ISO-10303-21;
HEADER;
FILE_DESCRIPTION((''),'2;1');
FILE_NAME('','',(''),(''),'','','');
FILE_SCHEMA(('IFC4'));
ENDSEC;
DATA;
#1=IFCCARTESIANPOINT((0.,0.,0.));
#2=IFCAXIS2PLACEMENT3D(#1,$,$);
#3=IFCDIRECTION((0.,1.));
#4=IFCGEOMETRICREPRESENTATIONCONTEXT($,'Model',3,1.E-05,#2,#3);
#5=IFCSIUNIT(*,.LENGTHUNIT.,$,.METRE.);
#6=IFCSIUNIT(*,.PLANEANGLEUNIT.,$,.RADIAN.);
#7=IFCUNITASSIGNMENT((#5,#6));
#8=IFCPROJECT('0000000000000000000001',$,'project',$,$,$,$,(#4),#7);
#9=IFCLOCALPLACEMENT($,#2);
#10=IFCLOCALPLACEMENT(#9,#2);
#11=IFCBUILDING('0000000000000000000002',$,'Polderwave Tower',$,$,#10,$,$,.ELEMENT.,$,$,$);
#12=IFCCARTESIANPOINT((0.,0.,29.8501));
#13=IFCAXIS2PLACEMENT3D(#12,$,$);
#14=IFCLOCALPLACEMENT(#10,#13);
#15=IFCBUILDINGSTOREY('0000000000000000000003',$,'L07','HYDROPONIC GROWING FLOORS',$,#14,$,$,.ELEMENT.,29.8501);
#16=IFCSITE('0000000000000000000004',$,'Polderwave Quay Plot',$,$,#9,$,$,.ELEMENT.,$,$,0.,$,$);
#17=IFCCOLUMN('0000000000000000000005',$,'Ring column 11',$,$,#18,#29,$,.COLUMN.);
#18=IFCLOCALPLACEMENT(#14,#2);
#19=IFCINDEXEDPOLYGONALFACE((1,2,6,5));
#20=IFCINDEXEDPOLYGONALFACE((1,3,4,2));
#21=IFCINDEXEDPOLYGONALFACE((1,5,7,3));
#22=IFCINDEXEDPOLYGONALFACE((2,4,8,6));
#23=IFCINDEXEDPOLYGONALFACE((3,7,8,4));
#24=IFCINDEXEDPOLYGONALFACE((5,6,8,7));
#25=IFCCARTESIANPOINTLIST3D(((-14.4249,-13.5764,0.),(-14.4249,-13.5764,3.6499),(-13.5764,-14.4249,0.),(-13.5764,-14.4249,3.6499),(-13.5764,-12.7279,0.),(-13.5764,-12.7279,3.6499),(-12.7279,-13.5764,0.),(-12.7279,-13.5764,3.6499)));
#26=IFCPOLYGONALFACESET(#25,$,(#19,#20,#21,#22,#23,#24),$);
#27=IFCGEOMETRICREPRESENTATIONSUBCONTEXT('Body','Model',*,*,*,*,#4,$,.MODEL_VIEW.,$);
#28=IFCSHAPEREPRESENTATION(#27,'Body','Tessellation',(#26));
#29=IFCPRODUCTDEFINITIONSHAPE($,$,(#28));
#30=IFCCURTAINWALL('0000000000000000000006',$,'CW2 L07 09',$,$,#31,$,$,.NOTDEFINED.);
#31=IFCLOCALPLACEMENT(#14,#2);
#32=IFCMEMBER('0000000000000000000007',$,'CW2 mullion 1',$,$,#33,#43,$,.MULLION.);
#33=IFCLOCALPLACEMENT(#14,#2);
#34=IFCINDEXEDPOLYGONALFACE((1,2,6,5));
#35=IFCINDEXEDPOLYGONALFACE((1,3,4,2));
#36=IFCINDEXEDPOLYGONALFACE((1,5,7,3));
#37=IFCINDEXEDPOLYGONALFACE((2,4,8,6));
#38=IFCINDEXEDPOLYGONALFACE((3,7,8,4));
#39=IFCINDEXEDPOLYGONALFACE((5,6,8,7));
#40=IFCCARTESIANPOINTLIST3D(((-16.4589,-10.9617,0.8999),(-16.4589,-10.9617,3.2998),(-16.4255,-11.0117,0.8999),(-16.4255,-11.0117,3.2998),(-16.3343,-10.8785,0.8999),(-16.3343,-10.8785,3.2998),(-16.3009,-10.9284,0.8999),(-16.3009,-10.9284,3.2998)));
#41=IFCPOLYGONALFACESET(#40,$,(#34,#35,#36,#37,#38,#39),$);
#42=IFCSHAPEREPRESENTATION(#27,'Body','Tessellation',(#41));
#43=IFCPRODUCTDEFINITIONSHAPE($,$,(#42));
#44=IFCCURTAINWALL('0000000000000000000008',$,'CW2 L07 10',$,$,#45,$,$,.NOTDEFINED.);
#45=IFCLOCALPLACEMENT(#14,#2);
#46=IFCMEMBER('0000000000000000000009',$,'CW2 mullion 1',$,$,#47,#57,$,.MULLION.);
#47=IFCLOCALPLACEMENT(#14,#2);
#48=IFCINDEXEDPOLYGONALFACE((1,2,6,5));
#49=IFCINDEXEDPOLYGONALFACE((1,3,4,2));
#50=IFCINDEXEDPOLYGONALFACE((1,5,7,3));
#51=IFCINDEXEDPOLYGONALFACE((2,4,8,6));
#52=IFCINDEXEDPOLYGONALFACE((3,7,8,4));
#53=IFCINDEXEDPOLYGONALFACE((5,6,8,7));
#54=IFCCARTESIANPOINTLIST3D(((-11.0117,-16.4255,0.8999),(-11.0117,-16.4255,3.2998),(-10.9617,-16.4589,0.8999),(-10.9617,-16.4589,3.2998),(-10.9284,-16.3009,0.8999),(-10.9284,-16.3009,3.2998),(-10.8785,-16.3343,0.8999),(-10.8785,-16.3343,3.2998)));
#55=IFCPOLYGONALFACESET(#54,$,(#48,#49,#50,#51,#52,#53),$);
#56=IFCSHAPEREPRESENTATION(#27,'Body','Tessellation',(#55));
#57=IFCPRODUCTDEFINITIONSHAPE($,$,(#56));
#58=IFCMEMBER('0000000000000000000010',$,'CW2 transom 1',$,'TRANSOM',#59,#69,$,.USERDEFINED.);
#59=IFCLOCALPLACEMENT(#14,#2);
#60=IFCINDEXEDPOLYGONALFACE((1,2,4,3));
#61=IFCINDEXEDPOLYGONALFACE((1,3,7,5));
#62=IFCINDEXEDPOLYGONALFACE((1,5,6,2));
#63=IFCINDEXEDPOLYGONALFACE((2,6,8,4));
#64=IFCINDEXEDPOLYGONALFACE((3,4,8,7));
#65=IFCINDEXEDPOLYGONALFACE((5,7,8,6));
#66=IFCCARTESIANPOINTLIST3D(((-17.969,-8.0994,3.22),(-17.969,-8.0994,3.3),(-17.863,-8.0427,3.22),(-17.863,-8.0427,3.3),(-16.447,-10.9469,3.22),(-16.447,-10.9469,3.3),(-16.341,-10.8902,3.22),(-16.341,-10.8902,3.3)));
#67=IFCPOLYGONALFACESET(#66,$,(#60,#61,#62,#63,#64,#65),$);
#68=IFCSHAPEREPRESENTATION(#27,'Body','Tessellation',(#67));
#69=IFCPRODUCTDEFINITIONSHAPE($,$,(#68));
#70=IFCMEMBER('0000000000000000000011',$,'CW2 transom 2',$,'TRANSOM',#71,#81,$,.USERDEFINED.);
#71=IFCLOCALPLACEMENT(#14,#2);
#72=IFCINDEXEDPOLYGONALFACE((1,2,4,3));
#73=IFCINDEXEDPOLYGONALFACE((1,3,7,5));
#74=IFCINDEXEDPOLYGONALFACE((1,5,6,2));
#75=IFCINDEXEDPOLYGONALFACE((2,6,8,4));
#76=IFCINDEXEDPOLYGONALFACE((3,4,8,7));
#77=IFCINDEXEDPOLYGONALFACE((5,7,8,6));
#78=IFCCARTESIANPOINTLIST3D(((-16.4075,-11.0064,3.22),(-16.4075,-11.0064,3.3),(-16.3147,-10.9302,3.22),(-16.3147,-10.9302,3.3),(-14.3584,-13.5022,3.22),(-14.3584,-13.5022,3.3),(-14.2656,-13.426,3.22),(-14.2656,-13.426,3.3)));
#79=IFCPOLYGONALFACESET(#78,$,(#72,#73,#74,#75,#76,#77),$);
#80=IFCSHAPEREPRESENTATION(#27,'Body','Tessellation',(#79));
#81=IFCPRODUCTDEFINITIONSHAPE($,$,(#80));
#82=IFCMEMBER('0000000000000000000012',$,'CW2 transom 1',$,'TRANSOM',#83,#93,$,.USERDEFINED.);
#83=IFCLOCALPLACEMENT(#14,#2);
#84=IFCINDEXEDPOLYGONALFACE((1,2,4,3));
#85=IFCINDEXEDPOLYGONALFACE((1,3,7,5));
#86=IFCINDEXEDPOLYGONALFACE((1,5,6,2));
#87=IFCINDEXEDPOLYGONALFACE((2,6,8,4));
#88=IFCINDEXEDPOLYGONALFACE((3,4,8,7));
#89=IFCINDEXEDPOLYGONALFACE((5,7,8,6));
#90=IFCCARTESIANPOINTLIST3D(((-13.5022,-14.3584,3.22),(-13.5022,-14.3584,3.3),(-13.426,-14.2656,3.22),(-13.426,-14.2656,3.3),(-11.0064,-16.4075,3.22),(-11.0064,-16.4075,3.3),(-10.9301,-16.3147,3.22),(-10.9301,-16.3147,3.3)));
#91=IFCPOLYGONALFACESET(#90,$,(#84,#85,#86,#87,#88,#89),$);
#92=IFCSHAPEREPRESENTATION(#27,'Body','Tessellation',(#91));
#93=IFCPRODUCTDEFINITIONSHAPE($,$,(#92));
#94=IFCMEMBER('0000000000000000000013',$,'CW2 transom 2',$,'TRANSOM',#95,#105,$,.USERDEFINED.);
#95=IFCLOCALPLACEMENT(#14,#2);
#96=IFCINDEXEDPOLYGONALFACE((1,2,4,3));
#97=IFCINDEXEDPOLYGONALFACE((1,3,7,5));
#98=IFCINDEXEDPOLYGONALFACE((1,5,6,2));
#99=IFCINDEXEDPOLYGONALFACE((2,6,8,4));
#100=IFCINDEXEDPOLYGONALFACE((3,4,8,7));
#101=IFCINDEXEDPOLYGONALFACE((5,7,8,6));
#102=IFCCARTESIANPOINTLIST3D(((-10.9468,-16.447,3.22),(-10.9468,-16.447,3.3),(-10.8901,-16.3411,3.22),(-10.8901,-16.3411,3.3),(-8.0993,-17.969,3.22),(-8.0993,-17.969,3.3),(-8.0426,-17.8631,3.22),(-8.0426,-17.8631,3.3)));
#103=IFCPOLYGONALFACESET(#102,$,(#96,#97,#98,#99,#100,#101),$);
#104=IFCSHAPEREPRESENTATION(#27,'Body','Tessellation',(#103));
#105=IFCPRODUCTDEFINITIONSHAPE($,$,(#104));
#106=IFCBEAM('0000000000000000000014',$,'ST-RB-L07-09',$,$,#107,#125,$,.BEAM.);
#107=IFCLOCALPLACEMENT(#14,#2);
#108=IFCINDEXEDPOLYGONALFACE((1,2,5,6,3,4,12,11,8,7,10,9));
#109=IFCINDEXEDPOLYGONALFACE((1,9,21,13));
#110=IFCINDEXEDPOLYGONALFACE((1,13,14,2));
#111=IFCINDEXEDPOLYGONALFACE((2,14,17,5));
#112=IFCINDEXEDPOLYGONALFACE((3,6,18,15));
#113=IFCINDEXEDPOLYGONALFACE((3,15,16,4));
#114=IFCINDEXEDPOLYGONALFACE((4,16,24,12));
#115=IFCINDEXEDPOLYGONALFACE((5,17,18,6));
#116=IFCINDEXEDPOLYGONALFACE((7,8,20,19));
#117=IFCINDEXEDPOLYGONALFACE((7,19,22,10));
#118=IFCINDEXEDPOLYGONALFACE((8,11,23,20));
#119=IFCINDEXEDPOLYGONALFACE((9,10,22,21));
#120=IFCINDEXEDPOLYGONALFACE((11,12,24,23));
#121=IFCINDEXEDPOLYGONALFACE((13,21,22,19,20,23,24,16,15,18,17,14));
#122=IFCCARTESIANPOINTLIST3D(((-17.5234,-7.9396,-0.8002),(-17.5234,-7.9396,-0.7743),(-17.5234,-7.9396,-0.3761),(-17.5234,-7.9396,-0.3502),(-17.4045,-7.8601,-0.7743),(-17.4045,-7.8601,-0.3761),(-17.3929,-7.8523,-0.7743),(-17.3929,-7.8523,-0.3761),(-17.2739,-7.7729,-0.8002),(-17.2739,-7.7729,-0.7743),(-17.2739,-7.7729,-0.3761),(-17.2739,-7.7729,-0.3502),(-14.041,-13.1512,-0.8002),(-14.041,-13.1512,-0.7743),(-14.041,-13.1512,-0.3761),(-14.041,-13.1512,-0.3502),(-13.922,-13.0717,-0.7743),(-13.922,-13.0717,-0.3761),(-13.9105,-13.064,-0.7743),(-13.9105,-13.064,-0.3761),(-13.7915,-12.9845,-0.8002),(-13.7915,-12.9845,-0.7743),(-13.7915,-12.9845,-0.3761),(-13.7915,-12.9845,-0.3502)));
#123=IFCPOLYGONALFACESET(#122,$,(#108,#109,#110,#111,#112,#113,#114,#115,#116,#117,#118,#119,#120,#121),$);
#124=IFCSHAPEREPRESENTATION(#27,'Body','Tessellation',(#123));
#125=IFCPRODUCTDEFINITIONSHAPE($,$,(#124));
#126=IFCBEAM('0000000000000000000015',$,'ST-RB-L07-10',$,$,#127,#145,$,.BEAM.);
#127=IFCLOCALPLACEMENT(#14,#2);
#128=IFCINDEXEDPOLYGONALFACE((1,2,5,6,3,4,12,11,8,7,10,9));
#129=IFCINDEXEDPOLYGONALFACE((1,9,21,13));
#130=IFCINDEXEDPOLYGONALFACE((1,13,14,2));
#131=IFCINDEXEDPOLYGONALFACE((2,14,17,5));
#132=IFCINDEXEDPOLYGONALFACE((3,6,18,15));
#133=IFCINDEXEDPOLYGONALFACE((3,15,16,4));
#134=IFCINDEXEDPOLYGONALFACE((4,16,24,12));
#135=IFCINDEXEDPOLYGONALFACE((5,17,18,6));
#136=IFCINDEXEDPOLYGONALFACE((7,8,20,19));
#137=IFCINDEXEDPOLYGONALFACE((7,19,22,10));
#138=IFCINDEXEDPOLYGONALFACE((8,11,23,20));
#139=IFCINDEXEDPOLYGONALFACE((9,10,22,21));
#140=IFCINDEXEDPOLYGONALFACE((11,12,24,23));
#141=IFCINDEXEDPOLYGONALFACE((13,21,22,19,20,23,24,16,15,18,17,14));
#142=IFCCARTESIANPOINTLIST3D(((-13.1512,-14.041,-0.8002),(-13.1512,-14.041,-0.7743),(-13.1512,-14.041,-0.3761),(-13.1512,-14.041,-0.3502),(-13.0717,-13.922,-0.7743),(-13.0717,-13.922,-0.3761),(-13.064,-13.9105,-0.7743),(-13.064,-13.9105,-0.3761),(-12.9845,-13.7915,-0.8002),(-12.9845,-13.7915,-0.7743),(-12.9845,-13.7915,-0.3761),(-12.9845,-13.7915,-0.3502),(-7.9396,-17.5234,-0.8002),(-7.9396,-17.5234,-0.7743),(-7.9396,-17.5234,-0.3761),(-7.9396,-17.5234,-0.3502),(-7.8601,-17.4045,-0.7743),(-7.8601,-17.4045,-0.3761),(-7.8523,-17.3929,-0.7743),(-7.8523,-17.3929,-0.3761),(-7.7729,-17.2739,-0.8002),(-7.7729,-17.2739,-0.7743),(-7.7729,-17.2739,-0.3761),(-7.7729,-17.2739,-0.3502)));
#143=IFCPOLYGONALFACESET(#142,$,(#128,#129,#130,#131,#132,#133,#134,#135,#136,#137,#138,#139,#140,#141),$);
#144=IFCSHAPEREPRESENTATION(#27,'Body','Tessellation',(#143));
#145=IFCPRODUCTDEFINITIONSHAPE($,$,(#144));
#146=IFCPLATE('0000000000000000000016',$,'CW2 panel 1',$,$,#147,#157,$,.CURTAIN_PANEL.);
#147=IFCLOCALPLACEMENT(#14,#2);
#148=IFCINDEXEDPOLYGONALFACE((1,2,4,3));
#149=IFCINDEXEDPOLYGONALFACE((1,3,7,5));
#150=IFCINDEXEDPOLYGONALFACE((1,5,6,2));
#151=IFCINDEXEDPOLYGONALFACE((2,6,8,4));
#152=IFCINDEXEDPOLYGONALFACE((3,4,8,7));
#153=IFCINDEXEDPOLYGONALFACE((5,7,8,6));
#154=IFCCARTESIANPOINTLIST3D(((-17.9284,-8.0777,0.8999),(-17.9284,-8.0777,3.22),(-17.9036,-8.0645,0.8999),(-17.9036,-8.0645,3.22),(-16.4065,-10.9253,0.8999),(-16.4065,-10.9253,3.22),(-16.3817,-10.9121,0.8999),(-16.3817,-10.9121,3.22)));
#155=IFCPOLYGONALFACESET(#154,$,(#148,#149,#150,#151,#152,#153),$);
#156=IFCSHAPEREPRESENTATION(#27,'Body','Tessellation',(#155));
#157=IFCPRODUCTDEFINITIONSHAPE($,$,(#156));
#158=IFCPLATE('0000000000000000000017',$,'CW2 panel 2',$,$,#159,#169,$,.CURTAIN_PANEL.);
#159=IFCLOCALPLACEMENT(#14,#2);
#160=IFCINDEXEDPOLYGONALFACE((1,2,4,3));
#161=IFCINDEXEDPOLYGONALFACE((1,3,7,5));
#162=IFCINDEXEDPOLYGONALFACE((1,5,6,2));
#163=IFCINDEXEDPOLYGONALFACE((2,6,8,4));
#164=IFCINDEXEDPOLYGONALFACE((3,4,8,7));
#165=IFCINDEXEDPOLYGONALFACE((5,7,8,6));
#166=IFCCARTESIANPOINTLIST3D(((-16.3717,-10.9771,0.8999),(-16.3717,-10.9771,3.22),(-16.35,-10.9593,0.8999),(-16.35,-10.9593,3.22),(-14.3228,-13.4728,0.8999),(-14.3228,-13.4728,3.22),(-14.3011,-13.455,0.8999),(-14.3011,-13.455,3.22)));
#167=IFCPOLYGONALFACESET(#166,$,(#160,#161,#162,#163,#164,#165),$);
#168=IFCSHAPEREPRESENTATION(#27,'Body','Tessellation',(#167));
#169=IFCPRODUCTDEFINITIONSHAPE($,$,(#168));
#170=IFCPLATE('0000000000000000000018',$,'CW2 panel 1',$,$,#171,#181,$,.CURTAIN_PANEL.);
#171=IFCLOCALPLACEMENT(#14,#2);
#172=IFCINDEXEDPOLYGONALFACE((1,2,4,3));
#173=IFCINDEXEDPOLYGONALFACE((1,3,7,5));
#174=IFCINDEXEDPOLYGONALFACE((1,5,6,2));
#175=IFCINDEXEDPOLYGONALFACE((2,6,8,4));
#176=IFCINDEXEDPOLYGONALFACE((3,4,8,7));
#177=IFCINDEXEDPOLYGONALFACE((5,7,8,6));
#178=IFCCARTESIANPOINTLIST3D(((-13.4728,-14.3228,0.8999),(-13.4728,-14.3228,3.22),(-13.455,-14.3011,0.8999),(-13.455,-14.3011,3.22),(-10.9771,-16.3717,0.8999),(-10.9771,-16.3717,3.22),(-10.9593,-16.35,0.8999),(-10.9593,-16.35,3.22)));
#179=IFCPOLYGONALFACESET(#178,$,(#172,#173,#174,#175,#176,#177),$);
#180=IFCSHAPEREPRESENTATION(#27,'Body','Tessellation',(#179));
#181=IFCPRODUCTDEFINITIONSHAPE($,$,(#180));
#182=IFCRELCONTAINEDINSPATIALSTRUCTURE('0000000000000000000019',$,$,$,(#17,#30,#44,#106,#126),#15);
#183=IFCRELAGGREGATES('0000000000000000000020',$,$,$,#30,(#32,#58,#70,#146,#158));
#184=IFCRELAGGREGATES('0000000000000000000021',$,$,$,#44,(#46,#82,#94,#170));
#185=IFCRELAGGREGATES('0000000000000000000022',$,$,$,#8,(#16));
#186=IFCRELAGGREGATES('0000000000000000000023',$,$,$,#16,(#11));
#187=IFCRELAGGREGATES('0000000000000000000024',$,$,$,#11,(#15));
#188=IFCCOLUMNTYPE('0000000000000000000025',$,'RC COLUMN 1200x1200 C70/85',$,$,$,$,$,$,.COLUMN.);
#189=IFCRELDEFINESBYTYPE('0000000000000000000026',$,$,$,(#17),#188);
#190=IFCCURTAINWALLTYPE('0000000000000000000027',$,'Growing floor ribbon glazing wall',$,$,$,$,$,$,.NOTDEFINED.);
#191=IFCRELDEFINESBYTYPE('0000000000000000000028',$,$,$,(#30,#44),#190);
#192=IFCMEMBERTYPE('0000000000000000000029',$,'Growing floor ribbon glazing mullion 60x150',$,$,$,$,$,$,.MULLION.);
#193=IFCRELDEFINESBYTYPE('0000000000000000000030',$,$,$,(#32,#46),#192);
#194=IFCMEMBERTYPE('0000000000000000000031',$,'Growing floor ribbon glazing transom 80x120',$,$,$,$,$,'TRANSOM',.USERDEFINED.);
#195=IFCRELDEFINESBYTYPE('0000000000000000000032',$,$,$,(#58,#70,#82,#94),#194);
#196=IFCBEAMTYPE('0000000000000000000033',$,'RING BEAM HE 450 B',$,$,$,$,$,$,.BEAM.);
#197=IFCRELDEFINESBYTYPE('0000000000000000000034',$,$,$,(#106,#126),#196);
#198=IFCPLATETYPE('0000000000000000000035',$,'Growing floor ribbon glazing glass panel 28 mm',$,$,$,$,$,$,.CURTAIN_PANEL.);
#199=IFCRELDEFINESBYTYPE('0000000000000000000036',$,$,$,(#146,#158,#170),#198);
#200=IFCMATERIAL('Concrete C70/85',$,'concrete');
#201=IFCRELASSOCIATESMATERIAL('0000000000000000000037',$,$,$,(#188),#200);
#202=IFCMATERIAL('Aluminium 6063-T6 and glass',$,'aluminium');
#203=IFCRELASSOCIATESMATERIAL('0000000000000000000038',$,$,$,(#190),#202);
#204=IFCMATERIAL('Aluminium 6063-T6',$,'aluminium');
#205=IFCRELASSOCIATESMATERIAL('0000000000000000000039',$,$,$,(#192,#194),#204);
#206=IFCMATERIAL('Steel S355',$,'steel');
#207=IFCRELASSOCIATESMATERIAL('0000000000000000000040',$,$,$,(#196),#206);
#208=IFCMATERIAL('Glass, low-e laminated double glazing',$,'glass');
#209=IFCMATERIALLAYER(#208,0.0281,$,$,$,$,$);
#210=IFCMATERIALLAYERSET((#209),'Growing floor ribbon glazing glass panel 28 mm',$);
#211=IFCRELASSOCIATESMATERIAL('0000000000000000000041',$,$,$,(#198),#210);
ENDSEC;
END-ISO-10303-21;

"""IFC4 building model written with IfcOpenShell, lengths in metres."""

from ifc_helpers import new_model, si_unit, direction, frame, origin, origin_2d, place, context, subcontext, project, spatial, rectangle, i_section, extrude, material, layer, layer_set, material_profile, profile_set, type_object, element, aggregate, save


model = new_model("IFC4")

# Units and contexts
model_context = context("Model", 3, precision=1e-05, world=origin(), true_north=direction((0.0, 1.0)))
body_context = subcontext(model_context, "Body", "Model", "MODEL_VIEW")
ifc_project = project(units=[si_unit("LENGTHUNIT", "METRE"), si_unit("PLANEANGLEUNIT", "RADIAN")], contexts=[model_context])

# Site, building, storey
site_placement = place(None, origin())
site = spatial("IfcSite", under=ifc_project, at=site_placement, Name="Polderwave Quay Plot", CompositionType="ELEMENT", RefElevation=0.0)
building_placement = place(site_placement, origin())
building = spatial("IfcBuilding", under=site, at=building_placement, Name="Polderwave Tower", CompositionType="ELEMENT")
storey_placement = place(building_placement, frame((0.0, 0.0, 29.8501)))
storey = spatial("IfcBuildingStorey", under=building, at=storey_placement, Name="L07", Description="HYDROPONIC GROWING FLOORS", CompositionType="ELEMENT", Elevation=29.8501)

# Column
ifc_material_1 = material(Name="Concrete C70/85", Category="concrete")
ifc_material_profile_1 = material_profile(ifc_material_1, rectangle(XDim=1.2, YDim=1.2, at=origin_2d()), Name="RC 1200x1200")
ifc_profile_set_1 = profile_set([ifc_material_profile_1], Name="Concrete C70/85")
column_type = type_object("IfcColumnType", Name="RC COLUMN 1200x1200 C70/85", PredefinedType="COLUMN", material=ifc_profile_set_1)
column_placement = place(storey_placement, frame((-13.5764, -13.5764, 0.0), z_axis=(0.0, 0.0, 1.0), x_axis=(-0.707107, -0.707107, 0.0)))
element("IfcColumn", 1, at=column_placement, inside=storey, type_object=column_type, Name="Ring column 11", PredefinedType="COLUMN", context=body_context, shape_type="SweptSolid", body=[
    extrude(rectangle(XDim=1.2, YDim=1.2, at=origin_2d()), origin(), (0.0, 0.0, 1.0), 3.6499),
])

# Curtain walls, members
ifc_material_2 = material(Name="Aluminium 6063-T6 and glass", Category="aluminium")
curtain_wall_type = type_object("IfcCurtainWallType", Name="Growing floor ribbon glazing wall", PredefinedType="NOTDEFINED", material=ifc_material_2)
curtain_wall_1_placement = place(storey_placement, origin())
curtain_wall_1 = element("IfcCurtainWall", 2, at=curtain_wall_1_placement, inside=storey, type_object=curtain_wall_type, Name="CW2 L07 09", PredefinedType="NOTDEFINED")
ifc_material_3 = material(Name="Aluminium 6063-T6", Category="aluminium")
ifc_material_profile_2 = material_profile(ifc_material_3, rectangle(XDim=0.1499, YDim=0.0601, at=origin_2d()), Name="AL 60x150")
ifc_profile_set_2 = profile_set([ifc_material_profile_2], Name="Aluminium 6063-T6")
member_type_1 = type_object("IfcMemberType", Name="Growing floor ribbon glazing mullion 60x150", PredefinedType="MULLION", material=ifc_profile_set_2)
member_1_placement = place(storey_placement, frame((-16.3799, -10.9451, 0.8999), z_axis=(0.0, 0.0, 1.0), x_axis=(0.831437, 0.55562, 0.0)))
member_1 = element("IfcMember", 3, at=member_1_placement, type_object=member_type_1, Name="CW2 mullion 1", PredefinedType="MULLION", context=body_context, shape_type="SweptSolid", body=[
    extrude(rectangle(XDim=0.1499, YDim=0.0601, at=origin_2d()), origin(), (0.0, 0.0, 1.0), 2.3999),
])
curtain_wall_2_placement = place(storey_placement, origin())
curtain_wall_2 = element("IfcCurtainWall", 4, at=curtain_wall_2_placement, inside=storey, type_object=curtain_wall_type, Name="CW2 L07 10", PredefinedType="NOTDEFINED")
member_2_placement = place(storey_placement, frame((-10.9451, -16.3799, 0.8999), z_axis=(0.0, 0.0, 1.0), x_axis=(0.55562, 0.831437, 0.0)))
member_2 = element("IfcMember", 5, at=member_2_placement, type_object=member_type_1, Name="CW2 mullion 1", PredefinedType="MULLION", context=body_context, shape_type="SweptSolid", body=[
    extrude(rectangle(XDim=0.1499, YDim=0.0601, at=origin_2d()), origin(), (0.0, 0.0, 1.0), 2.3999),
])

# Members
ifc_material_profile_3 = material_profile(ifc_material_3, rectangle(XDim=0.1201, YDim=0.0801, at=origin_2d()), Name="AL 80x120")
ifc_profile_set_3 = profile_set([ifc_material_profile_3], Name="Aluminium 6063-T6")
member_type_2 = type_object("IfcMemberType", Name="Growing floor ribbon glazing transom 80x120", ElementType="TRANSOM", PredefinedType="USERDEFINED", material=ifc_profile_set_3)
member_3_placement = place(storey_placement, frame((-17.916, -8.071, 3.26), z_axis=(0.471397, -0.881921, 0.0), x_axis=(0.881921, 0.471397, 0.0)))
member_3 = element("IfcMember", 6, at=member_3_placement, type_object=member_type_2, Name="CW2 transom 1", ObjectType="TRANSOM", PredefinedType="USERDEFINED", context=body_context, shape_type="SweptSolid", body=[
    extrude(rectangle(XDim=0.1201, YDim=0.0801, at=origin_2d()), origin(), (0.0, 0.0, 1.0), 3.2288),
])
member_4_placement = place(storey_placement, frame((-16.3611, -10.9683, 3.26), z_axis=(0.634538, -0.772892, 0.0), x_axis=(0.772892, 0.634538, 0.0)))
member_4 = element("IfcMember", 7, at=member_4_placement, type_object=member_type_2, Name="CW2 transom 2", ObjectType="TRANSOM", PredefinedType="USERDEFINED", context=body_context, shape_type="SweptSolid", body=[
    extrude(rectangle(XDim=0.1201, YDim=0.0801, at=origin_2d()), origin(), (0.0, 0.0, 1.0), 3.2292),
])
member_5_placement = place(storey_placement, frame((-13.4641, -14.312, 3.26), z_axis=(0.772892, -0.634538, 0.0), x_axis=(0.634538, 0.772892, 0.0)))
member_5 = element("IfcMember", 8, at=member_5_placement, type_object=member_type_2, Name="CW2 transom 1", ObjectType="TRANSOM", PredefinedType="USERDEFINED", context=body_context, shape_type="SweptSolid", body=[
    extrude(rectangle(XDim=0.1201, YDim=0.0801, at=origin_2d()), origin(), (0.0, 0.0, 1.0), 3.2292),
])
member_6_placement = place(storey_placement, frame((-10.9185, -16.394, 3.26), z_axis=(0.881921, -0.471397, 0.0), x_axis=(0.471397, 0.881921, 0.0)))
member_6 = element("IfcMember", 9, at=member_6_placement, type_object=member_type_2, Name="CW2 transom 2", ObjectType="TRANSOM", PredefinedType="USERDEFINED", context=body_context, shape_type="SweptSolid", body=[
    extrude(rectangle(XDim=0.1201, YDim=0.0801, at=origin_2d()), origin(), (0.0, 0.0, 1.0), 3.2288),
])

# Beams
ifc_material_4 = material(Name="Steel S355", Category="steel")
ifc_material_profile_4 = material_profile(ifc_material_4, i_section(OverallWidth=0.3, OverallDepth=0.45, WebThickness=0.0139, FlangeThickness=0.0259, at=origin_2d()), Name="HE 450 B")
ifc_profile_set_4 = profile_set([ifc_material_profile_4], Name="Steel S355")
beam_type = type_object("IfcBeamType", Name="RING BEAM HE 450 B", PredefinedType="BEAM", material=ifc_profile_set_4)
for number, where, z_axis, x_axis, name in (
    (10, (-17.3987, -7.8562, -0.5752), (0.555581, -0.831463, 0.0), (0.831463, 0.555581, 0.0), "ST-RB-L07-09"),
    (11, (-13.0679, -13.9163, -0.5752), (0.831463, -0.555581, 0.0), (0.555581, 0.831463, 0.0), "ST-RB-L07-10"),
):
    element("IfcBeam", number, at=place(storey_placement, frame(where, z_axis=z_axis, x_axis=x_axis)), inside=storey, type_object=beam_type, Name=name, PredefinedType="BEAM", context=body_context, shape_type="SweptSolid", body=[
        extrude(i_section(OverallWidth=0.3, OverallDepth=0.45, WebThickness=0.0139, FlangeThickness=0.0259, at=origin_2d()), origin(), (0.0, 0.0, 1.0), 6.2681),
    ])

# Plates
ifc_material_5 = material(Name="Glass, low-e laminated double glazing", Category="glass")
ifc_layer_1 = layer(ifc_material_5, 0.0281)
ifc_layer_set_1 = layer_set([ifc_layer_1], Name="Growing floor ribbon glazing glass panel 28 mm")
plate_type = type_object("IfcPlateType", Name="Growing floor ribbon glazing glass panel 28 mm", PredefinedType="CURTAIN_PANEL", material=ifc_layer_set_1)
plate_1_placement = place(storey_placement, frame((-17.155, -9.4949, 0.8999), z_axis=(0.0, 0.0, 1.0), x_axis=(0.471352, -0.881945, 0.0)))
plate_1 = element("IfcPlate", 12, at=plate_1_placement, type_object=plate_type, Name="CW2 panel 1", PredefinedType="CURTAIN_PANEL", context=body_context, shape_type="SweptSolid", body=[
    extrude(rectangle(XDim=3.2288, YDim=0.0281, at=origin_2d()), origin(), (0.0, 0.0, 1.0), 2.3201),
])
plate_2_placement = place(storey_placement, frame((-15.3364, -12.2161, 0.8999), z_axis=(0.0, 0.0, 1.0), x_axis=(0.634524, -0.772903, 0.0)))
plate_2 = element("IfcPlate", 13, at=plate_2_placement, type_object=plate_type, Name="CW2 panel 2", PredefinedType="CURTAIN_PANEL", context=body_context, shape_type="SweptSolid", body=[
    extrude(rectangle(XDim=3.229, YDim=0.0281, at=origin_2d()), origin(), (0.0, 0.0, 1.0), 2.3201),
])
aggregate(curtain_wall_1, [member_1, member_3, member_4, plate_1, plate_2])
plate_3_placement = place(storey_placement, frame((-12.2161, -15.3364, 0.8999), z_axis=(0.0, 0.0, 1.0), x_axis=(0.772903, -0.634524, 0.0)))
plate_3 = element("IfcPlate", 14, at=plate_3_placement, type_object=plate_type, Name="CW2 panel 1", PredefinedType="CURTAIN_PANEL", context=body_context, shape_type="SweptSolid", body=[
    extrude(rectangle(XDim=3.229, YDim=0.0281, at=origin_2d()), origin(), (0.0, 0.0, 1.0), 2.3201),
])
aggregate(curtain_wall_2, [member_2, member_5, member_6, plate_3])

save(model, "model.ifc")
